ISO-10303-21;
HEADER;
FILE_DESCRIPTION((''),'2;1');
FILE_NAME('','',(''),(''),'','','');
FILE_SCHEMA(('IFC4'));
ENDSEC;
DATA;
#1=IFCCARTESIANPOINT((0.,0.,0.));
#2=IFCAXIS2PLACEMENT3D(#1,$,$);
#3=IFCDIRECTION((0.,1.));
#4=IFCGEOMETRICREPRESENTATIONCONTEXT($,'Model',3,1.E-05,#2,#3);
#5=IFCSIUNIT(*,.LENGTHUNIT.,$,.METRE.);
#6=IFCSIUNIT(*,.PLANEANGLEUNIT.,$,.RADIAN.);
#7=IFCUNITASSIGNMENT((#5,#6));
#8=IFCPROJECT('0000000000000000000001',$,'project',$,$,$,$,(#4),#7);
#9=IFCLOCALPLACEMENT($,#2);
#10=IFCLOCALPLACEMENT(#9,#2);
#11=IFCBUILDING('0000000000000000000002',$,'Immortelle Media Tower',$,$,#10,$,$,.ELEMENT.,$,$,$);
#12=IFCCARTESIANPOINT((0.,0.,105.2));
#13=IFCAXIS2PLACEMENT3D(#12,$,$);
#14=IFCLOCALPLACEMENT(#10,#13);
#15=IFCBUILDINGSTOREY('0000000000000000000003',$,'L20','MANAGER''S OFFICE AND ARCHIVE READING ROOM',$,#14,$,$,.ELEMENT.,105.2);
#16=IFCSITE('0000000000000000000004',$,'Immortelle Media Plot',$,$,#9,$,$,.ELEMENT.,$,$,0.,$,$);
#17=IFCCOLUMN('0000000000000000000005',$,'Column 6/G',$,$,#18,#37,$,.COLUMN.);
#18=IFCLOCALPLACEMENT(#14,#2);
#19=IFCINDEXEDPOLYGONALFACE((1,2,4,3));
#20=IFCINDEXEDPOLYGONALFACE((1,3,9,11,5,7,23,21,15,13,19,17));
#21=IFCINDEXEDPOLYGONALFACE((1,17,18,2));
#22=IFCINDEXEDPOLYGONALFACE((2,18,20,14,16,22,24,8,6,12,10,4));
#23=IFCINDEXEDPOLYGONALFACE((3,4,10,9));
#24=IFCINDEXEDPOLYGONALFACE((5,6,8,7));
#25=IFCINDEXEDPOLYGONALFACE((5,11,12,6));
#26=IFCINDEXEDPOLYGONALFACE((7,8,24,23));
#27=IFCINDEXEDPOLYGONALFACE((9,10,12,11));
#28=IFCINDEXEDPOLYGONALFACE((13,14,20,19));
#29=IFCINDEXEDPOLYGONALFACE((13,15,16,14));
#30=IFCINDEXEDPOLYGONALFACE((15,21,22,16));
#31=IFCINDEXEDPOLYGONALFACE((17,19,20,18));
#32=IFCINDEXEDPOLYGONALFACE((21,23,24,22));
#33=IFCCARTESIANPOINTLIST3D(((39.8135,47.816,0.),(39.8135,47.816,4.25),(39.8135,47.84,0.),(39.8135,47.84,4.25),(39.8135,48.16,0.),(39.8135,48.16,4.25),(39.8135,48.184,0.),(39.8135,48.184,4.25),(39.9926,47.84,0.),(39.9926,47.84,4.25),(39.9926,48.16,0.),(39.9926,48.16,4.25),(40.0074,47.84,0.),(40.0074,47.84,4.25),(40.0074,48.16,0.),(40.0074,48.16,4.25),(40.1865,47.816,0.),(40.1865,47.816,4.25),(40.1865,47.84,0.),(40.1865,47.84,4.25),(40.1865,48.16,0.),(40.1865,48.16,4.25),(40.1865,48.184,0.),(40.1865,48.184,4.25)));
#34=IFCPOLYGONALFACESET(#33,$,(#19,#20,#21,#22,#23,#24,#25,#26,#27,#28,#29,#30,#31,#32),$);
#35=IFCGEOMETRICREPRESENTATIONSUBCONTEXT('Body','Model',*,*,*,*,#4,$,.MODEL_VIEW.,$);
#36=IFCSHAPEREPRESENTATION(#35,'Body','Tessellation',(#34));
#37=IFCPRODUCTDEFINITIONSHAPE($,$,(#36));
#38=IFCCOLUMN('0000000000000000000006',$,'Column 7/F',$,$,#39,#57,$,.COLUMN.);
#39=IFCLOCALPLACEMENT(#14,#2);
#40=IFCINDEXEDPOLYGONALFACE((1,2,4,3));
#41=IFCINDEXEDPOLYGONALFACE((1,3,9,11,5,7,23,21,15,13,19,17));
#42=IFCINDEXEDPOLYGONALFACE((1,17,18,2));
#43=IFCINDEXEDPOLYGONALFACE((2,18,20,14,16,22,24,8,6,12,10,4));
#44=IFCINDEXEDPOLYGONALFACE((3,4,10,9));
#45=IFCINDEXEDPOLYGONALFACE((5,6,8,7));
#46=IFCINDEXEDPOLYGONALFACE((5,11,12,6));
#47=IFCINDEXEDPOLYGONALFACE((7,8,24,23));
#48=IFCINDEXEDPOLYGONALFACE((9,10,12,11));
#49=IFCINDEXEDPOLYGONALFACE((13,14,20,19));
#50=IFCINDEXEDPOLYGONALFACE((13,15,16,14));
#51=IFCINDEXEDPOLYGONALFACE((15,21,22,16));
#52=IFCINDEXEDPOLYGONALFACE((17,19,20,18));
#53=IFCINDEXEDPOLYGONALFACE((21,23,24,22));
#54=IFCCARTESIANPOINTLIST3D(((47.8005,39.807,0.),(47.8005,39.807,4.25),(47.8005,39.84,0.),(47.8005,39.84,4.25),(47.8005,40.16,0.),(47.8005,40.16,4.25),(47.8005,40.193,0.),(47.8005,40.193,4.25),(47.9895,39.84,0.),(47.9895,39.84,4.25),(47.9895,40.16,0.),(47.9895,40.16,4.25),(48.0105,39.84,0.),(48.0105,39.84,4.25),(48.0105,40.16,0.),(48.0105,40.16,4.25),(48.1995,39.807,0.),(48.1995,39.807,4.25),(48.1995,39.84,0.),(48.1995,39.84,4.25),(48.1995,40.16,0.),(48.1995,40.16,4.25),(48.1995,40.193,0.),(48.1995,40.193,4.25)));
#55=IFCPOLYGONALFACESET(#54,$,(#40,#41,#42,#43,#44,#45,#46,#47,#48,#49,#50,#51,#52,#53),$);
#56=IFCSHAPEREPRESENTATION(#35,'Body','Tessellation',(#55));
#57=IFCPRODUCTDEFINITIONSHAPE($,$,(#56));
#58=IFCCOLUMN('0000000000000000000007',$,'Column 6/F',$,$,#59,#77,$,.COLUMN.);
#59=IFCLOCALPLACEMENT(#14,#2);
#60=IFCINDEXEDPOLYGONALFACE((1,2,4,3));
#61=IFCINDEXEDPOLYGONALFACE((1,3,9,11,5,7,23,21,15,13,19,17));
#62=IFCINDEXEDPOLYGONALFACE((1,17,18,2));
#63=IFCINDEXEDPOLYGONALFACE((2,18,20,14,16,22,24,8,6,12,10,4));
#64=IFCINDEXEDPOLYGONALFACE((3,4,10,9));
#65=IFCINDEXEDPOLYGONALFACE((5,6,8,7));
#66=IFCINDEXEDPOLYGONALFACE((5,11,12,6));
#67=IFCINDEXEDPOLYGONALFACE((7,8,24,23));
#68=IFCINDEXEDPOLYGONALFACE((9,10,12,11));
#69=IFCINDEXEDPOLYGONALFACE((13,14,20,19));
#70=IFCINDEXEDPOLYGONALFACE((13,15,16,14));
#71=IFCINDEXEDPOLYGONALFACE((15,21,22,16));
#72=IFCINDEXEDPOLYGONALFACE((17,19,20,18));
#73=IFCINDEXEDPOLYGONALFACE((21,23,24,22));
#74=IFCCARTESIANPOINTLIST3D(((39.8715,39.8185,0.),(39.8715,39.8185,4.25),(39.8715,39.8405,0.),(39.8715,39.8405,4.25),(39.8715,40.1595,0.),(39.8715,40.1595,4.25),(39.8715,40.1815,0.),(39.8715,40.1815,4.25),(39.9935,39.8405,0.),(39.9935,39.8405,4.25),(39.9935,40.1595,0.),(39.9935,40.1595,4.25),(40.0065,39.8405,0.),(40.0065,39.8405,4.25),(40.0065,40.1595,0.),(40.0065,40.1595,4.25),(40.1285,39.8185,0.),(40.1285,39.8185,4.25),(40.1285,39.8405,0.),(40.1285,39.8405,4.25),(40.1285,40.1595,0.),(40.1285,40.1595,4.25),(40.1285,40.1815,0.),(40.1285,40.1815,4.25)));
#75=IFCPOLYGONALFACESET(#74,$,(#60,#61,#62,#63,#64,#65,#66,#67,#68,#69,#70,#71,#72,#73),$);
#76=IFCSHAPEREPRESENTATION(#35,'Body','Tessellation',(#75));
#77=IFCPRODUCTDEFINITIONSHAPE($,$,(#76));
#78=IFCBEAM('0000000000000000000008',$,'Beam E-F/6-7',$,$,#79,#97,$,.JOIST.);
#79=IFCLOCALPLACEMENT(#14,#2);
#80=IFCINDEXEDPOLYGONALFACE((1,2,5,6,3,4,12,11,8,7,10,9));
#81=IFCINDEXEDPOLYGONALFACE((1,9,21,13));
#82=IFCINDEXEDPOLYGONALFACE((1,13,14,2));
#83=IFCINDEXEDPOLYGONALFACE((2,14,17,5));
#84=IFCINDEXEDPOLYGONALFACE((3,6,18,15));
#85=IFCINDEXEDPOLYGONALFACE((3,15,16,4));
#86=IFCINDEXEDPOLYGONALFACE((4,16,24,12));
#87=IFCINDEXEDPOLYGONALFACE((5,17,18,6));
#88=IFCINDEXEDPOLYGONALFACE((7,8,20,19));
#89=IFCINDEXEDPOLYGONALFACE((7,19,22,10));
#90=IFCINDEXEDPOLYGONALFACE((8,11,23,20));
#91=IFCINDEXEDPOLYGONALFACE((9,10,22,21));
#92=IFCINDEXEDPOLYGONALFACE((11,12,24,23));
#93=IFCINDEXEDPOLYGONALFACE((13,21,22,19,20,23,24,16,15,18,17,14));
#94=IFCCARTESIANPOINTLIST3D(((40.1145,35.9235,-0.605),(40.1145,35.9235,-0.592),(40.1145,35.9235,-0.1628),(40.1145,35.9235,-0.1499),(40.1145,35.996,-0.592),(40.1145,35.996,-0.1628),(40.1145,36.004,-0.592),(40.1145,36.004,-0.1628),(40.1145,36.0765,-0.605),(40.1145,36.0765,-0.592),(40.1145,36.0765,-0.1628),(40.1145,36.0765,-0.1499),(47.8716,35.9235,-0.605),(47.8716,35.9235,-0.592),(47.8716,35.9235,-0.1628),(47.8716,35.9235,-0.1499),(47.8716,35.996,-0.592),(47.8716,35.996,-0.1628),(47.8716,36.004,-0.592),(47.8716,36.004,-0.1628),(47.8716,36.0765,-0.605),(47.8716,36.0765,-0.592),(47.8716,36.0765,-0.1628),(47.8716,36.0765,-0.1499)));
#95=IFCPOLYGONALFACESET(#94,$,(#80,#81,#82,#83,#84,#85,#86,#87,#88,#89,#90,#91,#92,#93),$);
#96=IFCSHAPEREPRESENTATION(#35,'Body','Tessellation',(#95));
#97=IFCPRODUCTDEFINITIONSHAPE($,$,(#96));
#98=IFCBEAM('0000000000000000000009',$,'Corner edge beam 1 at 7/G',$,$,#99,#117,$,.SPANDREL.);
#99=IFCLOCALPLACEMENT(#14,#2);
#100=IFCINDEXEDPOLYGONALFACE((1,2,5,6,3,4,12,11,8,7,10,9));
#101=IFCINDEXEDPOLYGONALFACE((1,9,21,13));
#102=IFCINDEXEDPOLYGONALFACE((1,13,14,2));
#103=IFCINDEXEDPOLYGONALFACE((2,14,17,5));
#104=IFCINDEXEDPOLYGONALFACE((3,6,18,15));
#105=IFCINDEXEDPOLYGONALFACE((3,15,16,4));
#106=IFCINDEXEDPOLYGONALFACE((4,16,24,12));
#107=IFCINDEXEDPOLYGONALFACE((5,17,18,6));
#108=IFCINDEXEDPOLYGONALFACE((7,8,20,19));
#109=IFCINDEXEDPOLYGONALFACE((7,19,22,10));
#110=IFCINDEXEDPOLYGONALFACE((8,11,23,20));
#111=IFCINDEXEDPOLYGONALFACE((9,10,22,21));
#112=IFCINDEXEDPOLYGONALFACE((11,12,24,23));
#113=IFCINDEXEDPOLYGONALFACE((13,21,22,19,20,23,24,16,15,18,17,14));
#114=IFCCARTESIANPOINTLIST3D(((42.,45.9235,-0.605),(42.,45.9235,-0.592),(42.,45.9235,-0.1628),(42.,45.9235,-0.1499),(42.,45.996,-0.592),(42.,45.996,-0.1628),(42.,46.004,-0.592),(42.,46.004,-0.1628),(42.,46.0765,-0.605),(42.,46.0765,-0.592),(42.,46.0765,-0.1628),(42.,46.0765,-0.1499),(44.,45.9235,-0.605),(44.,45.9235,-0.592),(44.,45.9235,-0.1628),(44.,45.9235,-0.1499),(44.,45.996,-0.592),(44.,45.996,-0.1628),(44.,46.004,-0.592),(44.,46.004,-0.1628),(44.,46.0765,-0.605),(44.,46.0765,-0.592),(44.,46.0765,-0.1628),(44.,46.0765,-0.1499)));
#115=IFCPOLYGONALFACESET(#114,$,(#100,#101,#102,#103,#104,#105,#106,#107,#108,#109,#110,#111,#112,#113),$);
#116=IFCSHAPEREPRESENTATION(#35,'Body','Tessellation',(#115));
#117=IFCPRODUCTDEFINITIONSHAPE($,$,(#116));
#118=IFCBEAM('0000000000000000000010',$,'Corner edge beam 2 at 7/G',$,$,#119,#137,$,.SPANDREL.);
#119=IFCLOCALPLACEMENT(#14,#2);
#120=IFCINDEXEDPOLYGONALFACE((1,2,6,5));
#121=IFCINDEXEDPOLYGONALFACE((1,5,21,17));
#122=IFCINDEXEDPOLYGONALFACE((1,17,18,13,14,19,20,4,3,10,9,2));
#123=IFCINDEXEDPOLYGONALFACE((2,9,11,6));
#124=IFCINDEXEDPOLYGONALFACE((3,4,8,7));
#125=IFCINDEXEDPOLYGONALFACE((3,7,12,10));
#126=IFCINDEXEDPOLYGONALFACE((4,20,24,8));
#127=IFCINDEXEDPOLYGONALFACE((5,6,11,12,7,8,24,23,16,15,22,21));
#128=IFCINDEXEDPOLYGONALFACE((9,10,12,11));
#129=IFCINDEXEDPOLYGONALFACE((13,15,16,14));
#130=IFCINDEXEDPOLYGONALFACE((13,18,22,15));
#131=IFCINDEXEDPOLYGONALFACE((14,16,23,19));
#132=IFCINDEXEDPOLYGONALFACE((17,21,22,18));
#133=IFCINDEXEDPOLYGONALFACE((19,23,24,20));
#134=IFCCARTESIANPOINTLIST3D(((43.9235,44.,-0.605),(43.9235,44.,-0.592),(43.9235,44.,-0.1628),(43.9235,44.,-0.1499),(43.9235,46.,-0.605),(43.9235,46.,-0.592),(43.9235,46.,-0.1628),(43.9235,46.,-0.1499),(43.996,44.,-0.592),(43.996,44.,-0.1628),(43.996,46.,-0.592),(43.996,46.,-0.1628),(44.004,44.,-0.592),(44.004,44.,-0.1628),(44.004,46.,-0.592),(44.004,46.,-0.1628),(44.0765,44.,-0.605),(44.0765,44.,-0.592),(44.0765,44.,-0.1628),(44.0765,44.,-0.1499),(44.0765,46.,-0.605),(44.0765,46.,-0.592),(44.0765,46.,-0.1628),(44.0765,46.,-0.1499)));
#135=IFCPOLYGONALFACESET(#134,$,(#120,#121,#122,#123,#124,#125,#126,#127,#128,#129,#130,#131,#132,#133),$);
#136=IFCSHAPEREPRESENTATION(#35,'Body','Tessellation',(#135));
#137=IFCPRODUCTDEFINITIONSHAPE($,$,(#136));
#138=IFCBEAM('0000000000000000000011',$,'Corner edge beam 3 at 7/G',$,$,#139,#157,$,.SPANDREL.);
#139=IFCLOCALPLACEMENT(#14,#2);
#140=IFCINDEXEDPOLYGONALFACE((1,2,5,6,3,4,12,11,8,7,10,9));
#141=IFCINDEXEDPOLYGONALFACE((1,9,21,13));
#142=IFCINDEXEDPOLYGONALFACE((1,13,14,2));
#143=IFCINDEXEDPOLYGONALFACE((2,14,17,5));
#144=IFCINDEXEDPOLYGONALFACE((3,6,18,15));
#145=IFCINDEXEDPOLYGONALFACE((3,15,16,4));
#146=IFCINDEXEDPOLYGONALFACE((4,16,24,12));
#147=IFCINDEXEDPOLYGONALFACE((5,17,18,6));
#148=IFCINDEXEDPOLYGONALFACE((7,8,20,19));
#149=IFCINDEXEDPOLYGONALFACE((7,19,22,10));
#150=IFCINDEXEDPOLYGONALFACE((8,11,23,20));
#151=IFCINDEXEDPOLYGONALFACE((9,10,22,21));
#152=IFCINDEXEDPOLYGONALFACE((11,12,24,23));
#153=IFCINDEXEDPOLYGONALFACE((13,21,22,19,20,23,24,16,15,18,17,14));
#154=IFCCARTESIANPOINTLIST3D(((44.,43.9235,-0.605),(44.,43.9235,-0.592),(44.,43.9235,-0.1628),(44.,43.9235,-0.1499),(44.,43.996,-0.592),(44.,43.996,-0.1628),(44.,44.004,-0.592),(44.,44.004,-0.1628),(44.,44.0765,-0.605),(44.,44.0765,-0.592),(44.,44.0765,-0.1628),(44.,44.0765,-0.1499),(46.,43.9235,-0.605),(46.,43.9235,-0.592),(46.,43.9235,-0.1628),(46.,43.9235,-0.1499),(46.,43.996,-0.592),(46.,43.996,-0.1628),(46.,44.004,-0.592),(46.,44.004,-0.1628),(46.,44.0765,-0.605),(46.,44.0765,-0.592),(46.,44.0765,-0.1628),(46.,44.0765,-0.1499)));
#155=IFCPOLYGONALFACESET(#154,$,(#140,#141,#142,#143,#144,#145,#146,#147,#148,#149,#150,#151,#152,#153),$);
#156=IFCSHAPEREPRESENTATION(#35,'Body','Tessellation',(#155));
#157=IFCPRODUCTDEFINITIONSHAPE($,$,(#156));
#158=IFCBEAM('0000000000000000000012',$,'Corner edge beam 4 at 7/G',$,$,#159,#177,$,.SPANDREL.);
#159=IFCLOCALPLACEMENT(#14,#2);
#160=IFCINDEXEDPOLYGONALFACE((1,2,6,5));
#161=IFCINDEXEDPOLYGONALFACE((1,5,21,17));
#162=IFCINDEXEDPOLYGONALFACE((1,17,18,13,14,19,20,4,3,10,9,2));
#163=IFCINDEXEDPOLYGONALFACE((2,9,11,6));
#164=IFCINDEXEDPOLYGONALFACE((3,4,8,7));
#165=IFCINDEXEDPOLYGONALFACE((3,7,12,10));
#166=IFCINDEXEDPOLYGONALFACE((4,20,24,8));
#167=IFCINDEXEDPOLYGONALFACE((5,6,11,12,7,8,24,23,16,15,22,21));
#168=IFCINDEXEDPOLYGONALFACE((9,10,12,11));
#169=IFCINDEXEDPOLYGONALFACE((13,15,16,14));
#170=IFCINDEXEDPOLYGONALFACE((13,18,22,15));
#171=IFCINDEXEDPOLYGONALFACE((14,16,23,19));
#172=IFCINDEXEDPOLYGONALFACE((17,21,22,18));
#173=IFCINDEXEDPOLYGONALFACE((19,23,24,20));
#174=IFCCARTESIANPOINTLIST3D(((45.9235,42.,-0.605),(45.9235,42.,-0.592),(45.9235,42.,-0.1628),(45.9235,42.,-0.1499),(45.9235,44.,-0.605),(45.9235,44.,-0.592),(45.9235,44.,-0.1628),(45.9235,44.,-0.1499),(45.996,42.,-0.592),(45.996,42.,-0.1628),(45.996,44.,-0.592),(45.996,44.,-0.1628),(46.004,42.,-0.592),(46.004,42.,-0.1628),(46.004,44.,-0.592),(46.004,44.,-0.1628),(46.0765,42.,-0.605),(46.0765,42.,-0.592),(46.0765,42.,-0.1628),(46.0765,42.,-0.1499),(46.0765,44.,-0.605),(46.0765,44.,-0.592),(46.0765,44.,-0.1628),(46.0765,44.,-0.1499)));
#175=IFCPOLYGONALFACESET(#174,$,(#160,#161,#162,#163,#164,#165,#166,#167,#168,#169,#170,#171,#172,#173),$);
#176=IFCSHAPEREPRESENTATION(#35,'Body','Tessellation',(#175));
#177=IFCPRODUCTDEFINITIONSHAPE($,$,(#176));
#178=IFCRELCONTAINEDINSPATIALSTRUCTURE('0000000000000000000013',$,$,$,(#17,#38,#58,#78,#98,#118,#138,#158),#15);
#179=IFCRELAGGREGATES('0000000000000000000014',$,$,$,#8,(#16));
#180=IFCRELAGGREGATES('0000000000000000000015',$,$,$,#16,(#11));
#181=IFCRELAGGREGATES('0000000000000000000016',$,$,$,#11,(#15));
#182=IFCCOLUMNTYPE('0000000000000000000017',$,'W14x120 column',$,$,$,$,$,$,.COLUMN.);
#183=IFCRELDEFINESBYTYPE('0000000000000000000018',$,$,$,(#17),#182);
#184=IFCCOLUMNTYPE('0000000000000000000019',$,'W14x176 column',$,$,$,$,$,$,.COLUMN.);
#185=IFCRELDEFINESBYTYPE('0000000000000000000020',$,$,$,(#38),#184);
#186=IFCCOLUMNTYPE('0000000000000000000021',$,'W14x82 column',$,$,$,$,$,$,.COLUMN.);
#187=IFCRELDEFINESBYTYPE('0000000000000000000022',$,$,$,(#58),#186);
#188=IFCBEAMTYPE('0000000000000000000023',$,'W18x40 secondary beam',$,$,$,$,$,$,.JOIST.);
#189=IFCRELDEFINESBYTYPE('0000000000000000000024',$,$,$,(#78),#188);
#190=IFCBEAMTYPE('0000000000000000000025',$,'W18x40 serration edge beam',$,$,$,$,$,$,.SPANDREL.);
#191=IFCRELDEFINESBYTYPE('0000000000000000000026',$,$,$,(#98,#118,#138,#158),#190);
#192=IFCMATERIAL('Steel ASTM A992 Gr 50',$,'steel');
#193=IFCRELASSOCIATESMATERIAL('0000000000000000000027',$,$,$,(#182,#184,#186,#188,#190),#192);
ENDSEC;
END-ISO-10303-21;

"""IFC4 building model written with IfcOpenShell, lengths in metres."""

from ifc_helpers import new_model, si_unit, direction, frame, origin, origin_2d, place, context, subcontext, project, spatial, i_section, extrude, material, material_profile, profile_set, type_object, element, save


model = new_model("IFC4")

# Units and contexts
model_context = context("Model", 3, precision=1e-05, world=origin(), true_north=direction((0.0, 1.0)))
body_context = subcontext(model_context, "Body", "Model", "MODEL_VIEW")
ifc_project = project(units=[si_unit("LENGTHUNIT", "METRE"), si_unit("PLANEANGLEUNIT", "RADIAN")], contexts=[model_context])

# Site, building, storey
site_placement = place(None, origin())
site = spatial("IfcSite", under=ifc_project, at=site_placement, Name="Immortelle Media Plot", CompositionType="ELEMENT", RefElevation=0.0)
building_placement = place(site_placement, origin())
building = spatial("IfcBuilding", under=site, at=building_placement, Name="Immortelle Media Tower", CompositionType="ELEMENT")
storey_placement = place(building_placement, frame((0.0, 0.0, 105.2)))
storey = spatial("IfcBuildingStorey", under=building, at=storey_placement, Name="L20", Description="MANAGER'S OFFICE AND ARCHIVE READING ROOM", CompositionType="ELEMENT", Elevation=105.2)

# Columns
ifc_material_1 = material(Name="Steel ASTM A992 Gr 50", Category="steel")
ifc_material_profile_1 = material_profile(ifc_material_1, i_section(OverallWidth=0.373, OverallDepth=0.3679, WebThickness=0.0149, FlangeThickness=0.0239, at=origin_2d()), Name="W14x120")
ifc_profile_set_1 = profile_set([ifc_material_profile_1], Name="Steel ASTM A992 Gr 50")
column_type_1 = type_object("IfcColumnType", Name="W14x120 column", PredefinedType="COLUMN", material=ifc_profile_set_1)
column_1_placement = place(storey_placement, frame((40.0, 48.0, 0.0), z_axis=(0.0, 0.0, 1.0), x_axis=(1.0, 0.0, 0.0)))
element("IfcColumn", 1, at=column_1_placement, inside=storey, type_object=column_type_1, Name="Column 6/G", PredefinedType="COLUMN", context=body_context, shape_type="SweptSolid", body=[
    extrude(i_section(OverallWidth=0.373, OverallDepth=0.3679, WebThickness=0.0149, FlangeThickness=0.0239, at=origin_2d()), origin(), (0.0, 0.0, 1.0), 4.25),
])
ifc_material_profile_2 = material_profile(ifc_material_1, i_section(OverallWidth=0.3989, OverallDepth=0.386, WebThickness=0.021, FlangeThickness=0.033, at=origin_2d()), Name="W14x176")
ifc_profile_set_2 = profile_set([ifc_material_profile_2], Name="Steel ASTM A992 Gr 50")
column_type_2 = type_object("IfcColumnType", Name="W14x176 column", PredefinedType="COLUMN", material=ifc_profile_set_2)
column_2_placement = place(storey_placement, frame((48.0, 40.0, 0.0), z_axis=(0.0, 0.0, 1.0), x_axis=(1.0, 0.0, 0.0)))
element("IfcColumn", 2, at=column_2_placement, inside=storey, type_object=column_type_2, Name="Column 7/F", PredefinedType="COLUMN", context=body_context, shape_type="SweptSolid", body=[
    extrude(i_section(OverallWidth=0.3989, OverallDepth=0.386, WebThickness=0.021, FlangeThickness=0.033, at=origin_2d()), origin(), (0.0, 0.0, 1.0), 4.25),
])
ifc_material_profile_3 = material_profile(ifc_material_1, i_section(OverallWidth=0.2571, OverallDepth=0.363, WebThickness=0.0129, FlangeThickness=0.022, at=origin_2d()), Name="W14x82")
ifc_profile_set_3 = profile_set([ifc_material_profile_3], Name="Steel ASTM A992 Gr 50")
column_type_3 = type_object("IfcColumnType", Name="W14x82 column", PredefinedType="COLUMN", material=ifc_profile_set_3)
column_3_placement = place(storey_placement, frame((40.0, 40.0, 0.0), z_axis=(0.0, 0.0, 1.0), x_axis=(1.0, 0.0, 0.0)))
element("IfcColumn", 3, at=column_3_placement, inside=storey, type_object=column_type_3, Name="Column 6/F", PredefinedType="COLUMN", context=body_context, shape_type="SweptSolid", body=[
    extrude(i_section(OverallWidth=0.2571, OverallDepth=0.363, WebThickness=0.0129, FlangeThickness=0.022, at=origin_2d()), origin(), (0.0, 0.0, 1.0), 4.25),
])

# Beams
ifc_material_profile_4 = material_profile(ifc_material_1, i_section(OverallWidth=0.1531, OverallDepth=0.4551, WebThickness=0.0081, FlangeThickness=0.0129, at=origin_2d()), Name="W18x40")
ifc_profile_set_4 = profile_set([ifc_material_profile_4], Name="Steel ASTM A992 Gr 50")
beam_type_1 = type_object("IfcBeamType", Name="W18x40 secondary beam", PredefinedType="JOIST", material=ifc_profile_set_4)
beam_1_placement = place(storey_placement, frame((40.1145, 36.0, -0.3774), z_axis=(1.0, 0.0, 0.0), x_axis=(0.0, 1.0, 0.0)))
element("IfcBeam", 4, at=beam_1_placement, inside=storey, type_object=beam_type_1, Name="Beam E-F/6-7", PredefinedType="JOIST", context=body_context, shape_type="SweptSolid", body=[
    extrude(i_section(OverallWidth=0.1531, OverallDepth=0.4551, WebThickness=0.0081, FlangeThickness=0.0129, at=origin_2d()), origin(), (0.0, 0.0, 1.0), 7.7571),
])
ifc_material_profile_5 = material_profile(ifc_material_1, i_section(OverallWidth=0.1531, OverallDepth=0.4551, WebThickness=0.0081, FlangeThickness=0.0129, at=origin_2d()), Name="W18x40")
ifc_profile_set_5 = profile_set([ifc_material_profile_5], Name="Steel ASTM A992 Gr 50")
beam_type_2 = type_object("IfcBeamType", Name="W18x40 serration edge beam", PredefinedType="SPANDREL", material=ifc_profile_set_5)
for number, where, z_axis, x_axis, name in (
    (5, (42.0, 46.0, -0.3774), (1.0, 0.0, 0.0), (0.0, 1.0, 0.0), "Corner edge beam 1 at 7/G"),
    (6, (44.0, 46.0, -0.3774), (0.0, -1.0, 0.0), (1.0, 0.0, 0.0), "Corner edge beam 2 at 7/G"),
    (7, (44.0, 44.0, -0.3774), (1.0, 0.0, 0.0), (0.0, 1.0, 0.0), "Corner edge beam 3 at 7/G"),
    (8, (46.0, 44.0, -0.3774), (0.0, -1.0, 0.0), (1.0, 0.0, 0.0), "Corner edge beam 4 at 7/G"),
):
    element("IfcBeam", number, at=place(storey_placement, frame(where, z_axis=z_axis, x_axis=x_axis)), inside=storey, type_object=beam_type_2, Name=name, PredefinedType="SPANDREL", context=body_context, shape_type="SweptSolid", body=[
        extrude(i_section(OverallWidth=0.1531, OverallDepth=0.4551, WebThickness=0.0081, FlangeThickness=0.0129, at=origin_2d()), origin(), (0.0, 0.0, 1.0), 2.0),
    ])

save(model, "model.ifc")
